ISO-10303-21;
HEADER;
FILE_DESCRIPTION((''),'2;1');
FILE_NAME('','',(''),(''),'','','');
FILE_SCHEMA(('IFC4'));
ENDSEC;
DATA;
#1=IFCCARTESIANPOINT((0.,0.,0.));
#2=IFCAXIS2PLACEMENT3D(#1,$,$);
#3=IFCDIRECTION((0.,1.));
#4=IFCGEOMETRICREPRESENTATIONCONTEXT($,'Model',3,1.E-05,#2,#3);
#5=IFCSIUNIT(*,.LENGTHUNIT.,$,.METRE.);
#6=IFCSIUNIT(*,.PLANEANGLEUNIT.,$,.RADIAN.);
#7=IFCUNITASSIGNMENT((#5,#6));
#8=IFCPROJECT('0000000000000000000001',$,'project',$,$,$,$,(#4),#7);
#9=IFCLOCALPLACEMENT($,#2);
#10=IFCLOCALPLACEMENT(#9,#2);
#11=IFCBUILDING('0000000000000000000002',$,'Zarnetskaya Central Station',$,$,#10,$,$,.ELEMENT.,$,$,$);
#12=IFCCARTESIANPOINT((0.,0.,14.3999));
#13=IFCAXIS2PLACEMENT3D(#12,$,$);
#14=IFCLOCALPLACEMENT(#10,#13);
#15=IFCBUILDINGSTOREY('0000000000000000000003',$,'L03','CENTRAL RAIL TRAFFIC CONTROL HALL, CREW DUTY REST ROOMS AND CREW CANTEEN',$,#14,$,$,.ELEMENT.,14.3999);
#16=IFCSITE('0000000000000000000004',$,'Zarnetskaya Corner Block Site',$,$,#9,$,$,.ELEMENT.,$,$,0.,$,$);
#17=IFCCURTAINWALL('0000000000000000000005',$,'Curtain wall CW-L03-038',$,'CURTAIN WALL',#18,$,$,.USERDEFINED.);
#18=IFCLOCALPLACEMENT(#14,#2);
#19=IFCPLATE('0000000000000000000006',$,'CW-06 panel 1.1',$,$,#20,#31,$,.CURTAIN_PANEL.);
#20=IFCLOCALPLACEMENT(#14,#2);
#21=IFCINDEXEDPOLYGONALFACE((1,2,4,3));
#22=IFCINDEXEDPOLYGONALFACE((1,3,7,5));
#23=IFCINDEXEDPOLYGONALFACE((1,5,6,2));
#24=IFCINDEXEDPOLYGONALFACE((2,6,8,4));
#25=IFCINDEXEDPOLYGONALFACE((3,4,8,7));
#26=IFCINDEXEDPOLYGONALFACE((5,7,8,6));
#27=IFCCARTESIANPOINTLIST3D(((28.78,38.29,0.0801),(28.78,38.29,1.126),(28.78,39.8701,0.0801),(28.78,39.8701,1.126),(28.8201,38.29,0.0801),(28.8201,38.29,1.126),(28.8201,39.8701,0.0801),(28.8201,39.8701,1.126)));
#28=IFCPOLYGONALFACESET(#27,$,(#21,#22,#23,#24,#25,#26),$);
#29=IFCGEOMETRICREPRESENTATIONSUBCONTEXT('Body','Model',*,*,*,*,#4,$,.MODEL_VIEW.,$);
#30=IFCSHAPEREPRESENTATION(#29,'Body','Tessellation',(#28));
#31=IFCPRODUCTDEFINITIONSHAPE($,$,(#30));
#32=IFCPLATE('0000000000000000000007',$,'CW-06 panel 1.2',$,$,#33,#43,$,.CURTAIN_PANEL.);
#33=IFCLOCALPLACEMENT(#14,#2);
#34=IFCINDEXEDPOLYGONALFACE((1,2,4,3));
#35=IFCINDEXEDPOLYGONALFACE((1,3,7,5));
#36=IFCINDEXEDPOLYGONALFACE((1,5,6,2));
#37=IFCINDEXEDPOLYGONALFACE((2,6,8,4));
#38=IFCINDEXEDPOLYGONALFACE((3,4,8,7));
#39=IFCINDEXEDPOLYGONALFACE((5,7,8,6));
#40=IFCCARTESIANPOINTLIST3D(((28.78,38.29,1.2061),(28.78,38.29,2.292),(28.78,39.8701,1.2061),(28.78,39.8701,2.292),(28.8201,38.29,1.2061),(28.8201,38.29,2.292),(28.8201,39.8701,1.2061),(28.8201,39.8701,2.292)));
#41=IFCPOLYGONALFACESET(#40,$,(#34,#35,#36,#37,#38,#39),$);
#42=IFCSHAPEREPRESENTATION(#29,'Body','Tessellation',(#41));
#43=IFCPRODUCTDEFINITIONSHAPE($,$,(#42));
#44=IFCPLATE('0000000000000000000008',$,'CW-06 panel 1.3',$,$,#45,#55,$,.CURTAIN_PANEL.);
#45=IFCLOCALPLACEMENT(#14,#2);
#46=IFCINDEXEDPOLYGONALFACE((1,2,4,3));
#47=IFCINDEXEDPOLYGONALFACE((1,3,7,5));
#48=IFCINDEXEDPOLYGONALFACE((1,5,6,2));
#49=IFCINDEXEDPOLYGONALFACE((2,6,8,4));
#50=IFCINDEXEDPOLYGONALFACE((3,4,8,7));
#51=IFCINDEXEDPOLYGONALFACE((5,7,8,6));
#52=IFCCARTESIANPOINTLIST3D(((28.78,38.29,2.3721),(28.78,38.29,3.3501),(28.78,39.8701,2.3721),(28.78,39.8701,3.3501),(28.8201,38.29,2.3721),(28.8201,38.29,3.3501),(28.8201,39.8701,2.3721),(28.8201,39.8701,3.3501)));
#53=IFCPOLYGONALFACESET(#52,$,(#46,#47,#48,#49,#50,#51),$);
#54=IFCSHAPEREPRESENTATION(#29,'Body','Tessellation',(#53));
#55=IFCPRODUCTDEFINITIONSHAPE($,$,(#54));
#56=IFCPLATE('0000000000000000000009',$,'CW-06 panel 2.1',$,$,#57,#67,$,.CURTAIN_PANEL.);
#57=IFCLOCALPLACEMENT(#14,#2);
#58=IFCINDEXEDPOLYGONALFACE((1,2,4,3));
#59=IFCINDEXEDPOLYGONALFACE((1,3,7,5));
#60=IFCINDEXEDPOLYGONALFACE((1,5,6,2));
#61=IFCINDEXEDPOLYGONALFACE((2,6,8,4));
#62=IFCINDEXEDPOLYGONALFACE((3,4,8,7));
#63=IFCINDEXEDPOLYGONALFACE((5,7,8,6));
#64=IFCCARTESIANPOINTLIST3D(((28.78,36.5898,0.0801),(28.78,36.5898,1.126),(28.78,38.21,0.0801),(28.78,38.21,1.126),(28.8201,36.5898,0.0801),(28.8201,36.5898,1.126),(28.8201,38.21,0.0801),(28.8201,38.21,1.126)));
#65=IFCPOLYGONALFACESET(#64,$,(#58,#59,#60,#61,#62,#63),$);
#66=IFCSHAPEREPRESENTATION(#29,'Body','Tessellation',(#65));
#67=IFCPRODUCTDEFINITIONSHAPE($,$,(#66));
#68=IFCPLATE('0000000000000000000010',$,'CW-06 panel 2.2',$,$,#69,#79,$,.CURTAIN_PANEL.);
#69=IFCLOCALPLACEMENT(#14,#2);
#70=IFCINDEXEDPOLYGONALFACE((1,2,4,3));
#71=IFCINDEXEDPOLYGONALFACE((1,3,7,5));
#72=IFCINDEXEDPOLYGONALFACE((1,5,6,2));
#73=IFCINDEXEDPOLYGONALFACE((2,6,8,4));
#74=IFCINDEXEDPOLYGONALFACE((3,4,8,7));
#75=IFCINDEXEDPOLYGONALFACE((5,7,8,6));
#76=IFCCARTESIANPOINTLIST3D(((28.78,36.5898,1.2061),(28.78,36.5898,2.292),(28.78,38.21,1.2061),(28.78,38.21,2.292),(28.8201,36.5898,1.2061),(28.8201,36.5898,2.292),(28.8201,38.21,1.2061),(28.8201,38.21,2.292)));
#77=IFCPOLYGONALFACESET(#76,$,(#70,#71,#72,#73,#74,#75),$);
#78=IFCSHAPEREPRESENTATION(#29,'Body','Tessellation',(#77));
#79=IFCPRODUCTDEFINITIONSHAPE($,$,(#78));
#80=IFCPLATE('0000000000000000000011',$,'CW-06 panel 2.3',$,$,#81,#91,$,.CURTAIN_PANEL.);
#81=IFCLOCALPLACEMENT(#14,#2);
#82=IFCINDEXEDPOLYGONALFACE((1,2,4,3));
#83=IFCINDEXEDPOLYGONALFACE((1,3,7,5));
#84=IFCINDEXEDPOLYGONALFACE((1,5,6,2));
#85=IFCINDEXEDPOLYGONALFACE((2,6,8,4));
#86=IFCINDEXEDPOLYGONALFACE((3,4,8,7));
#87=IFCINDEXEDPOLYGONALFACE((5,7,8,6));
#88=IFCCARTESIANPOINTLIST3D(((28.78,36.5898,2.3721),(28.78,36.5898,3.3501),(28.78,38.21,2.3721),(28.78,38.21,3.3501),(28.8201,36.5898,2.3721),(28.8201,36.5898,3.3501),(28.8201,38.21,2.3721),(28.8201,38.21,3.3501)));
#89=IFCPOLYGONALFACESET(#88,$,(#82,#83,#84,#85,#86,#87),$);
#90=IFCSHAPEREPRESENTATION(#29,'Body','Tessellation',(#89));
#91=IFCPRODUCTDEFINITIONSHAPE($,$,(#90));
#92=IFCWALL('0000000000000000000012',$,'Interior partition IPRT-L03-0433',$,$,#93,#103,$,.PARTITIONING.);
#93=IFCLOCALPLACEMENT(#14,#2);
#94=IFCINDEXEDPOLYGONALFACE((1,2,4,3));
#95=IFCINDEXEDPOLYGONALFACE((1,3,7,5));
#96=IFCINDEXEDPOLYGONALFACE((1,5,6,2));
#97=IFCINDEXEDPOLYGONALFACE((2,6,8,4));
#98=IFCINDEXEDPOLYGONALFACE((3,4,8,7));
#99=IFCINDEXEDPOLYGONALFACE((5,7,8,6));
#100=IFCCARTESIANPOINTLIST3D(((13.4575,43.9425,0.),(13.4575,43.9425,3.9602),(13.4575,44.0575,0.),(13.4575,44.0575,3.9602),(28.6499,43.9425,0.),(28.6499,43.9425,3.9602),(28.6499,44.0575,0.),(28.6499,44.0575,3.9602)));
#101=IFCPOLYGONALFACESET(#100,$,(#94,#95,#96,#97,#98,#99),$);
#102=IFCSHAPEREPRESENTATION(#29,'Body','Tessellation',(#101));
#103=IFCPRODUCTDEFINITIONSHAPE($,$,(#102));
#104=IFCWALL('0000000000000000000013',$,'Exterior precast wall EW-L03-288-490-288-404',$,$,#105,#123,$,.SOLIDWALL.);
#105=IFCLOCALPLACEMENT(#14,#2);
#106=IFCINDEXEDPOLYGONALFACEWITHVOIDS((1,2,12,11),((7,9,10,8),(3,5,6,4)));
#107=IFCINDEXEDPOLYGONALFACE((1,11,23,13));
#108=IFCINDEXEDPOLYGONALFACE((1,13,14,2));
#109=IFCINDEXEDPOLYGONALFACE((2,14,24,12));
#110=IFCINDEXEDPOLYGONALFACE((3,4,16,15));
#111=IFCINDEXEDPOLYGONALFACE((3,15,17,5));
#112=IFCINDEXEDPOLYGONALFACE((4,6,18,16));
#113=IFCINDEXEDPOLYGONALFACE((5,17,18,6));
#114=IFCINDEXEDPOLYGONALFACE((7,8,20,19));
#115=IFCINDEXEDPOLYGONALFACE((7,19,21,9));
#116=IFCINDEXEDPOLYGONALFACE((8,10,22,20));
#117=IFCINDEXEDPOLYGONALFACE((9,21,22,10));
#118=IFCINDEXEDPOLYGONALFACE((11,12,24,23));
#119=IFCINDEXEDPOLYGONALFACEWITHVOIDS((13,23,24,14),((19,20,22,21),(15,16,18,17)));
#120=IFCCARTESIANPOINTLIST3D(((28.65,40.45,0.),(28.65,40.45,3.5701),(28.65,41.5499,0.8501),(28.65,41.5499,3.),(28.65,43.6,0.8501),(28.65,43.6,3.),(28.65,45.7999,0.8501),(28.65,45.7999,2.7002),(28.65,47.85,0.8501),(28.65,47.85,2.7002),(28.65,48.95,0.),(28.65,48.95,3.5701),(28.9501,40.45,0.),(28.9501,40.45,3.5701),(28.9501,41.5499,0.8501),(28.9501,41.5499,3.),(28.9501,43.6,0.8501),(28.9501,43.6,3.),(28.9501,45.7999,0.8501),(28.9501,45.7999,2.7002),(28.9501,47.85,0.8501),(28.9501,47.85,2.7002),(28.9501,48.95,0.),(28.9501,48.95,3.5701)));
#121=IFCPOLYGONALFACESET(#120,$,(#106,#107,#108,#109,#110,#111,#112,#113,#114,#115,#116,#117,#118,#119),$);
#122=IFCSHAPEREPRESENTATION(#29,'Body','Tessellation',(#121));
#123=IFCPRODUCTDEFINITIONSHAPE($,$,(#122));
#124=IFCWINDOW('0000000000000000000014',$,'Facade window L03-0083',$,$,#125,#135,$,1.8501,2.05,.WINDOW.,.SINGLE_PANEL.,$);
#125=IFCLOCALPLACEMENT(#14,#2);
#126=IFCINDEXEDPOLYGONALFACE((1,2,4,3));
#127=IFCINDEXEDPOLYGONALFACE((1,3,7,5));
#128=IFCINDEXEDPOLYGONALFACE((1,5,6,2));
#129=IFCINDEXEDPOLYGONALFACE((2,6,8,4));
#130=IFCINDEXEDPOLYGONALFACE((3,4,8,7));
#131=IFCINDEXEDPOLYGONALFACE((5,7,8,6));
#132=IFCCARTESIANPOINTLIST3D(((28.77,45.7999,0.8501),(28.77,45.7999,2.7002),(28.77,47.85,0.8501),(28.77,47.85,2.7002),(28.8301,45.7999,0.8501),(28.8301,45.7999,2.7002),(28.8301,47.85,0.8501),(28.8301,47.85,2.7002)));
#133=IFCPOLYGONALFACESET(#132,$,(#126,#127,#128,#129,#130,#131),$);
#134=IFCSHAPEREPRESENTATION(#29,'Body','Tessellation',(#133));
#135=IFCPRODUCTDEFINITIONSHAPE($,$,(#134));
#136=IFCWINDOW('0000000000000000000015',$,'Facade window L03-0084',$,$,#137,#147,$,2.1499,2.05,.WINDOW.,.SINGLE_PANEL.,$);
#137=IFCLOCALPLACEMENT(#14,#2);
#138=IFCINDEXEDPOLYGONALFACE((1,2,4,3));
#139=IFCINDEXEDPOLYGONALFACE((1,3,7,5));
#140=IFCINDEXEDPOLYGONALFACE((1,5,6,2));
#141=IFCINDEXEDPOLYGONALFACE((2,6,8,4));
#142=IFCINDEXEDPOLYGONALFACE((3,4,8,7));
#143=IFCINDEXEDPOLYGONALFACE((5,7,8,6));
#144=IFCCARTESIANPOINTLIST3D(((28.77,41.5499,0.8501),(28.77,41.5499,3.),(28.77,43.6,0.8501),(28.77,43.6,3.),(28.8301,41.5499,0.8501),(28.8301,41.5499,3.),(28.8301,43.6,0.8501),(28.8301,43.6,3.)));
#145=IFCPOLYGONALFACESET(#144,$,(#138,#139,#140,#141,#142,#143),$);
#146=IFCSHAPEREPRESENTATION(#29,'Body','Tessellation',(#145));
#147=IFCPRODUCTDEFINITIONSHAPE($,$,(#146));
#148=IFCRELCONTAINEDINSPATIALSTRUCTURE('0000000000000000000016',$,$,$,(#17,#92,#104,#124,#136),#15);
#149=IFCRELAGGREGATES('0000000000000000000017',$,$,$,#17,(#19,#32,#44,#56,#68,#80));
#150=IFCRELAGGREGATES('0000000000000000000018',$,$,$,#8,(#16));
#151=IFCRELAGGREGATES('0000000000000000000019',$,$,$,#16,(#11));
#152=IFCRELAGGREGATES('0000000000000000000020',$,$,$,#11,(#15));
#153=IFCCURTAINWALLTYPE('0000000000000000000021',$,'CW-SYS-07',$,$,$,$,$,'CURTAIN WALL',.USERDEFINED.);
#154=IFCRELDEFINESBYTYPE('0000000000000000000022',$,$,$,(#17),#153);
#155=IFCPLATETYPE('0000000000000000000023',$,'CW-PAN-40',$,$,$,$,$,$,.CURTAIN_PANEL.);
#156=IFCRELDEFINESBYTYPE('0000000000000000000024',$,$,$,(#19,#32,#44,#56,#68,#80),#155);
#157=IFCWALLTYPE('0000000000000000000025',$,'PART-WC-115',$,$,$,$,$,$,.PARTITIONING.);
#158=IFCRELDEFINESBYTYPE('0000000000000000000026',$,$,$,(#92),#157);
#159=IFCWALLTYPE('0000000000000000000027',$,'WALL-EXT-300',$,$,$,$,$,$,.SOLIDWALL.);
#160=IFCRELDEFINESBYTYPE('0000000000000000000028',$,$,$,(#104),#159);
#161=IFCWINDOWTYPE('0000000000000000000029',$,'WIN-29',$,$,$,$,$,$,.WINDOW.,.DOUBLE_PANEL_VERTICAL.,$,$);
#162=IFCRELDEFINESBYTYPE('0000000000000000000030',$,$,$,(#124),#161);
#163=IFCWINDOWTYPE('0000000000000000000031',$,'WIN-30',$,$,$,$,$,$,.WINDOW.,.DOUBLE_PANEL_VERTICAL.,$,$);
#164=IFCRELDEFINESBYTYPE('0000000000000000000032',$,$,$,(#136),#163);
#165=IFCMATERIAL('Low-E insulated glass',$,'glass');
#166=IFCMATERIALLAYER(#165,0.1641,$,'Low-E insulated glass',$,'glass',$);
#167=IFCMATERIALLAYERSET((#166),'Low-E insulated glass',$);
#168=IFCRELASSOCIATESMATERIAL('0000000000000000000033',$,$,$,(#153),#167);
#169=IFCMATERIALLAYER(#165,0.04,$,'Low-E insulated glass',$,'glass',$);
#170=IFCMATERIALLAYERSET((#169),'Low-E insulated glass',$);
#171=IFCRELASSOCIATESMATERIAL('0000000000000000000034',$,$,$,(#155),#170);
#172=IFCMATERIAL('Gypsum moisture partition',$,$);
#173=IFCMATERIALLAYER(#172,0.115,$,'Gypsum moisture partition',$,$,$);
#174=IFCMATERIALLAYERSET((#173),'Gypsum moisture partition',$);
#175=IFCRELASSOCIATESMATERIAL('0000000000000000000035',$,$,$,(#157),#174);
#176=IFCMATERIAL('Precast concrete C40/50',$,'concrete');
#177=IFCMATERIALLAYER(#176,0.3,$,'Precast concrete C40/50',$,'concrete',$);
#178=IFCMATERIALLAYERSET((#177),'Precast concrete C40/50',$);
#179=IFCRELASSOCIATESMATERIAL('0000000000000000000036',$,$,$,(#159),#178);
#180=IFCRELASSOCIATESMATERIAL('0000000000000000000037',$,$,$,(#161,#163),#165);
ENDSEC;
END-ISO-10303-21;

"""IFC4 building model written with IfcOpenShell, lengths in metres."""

from ifc_helpers import new_model, si_unit, direction, frame, frame_2d, origin, origin_2d, place, context, subcontext, project, spatial, rectangle, extrude, material, layer, layer_set, type_object, element, fill, aggregate, save


model = new_model("IFC4")

# Units and contexts
model_context = context("Model", 3, precision=1e-05, world=origin(), true_north=direction((0.0, 1.0)))
body_context = subcontext(model_context, "Body", "Model", "MODEL_VIEW")
ifc_project = project(units=[si_unit("LENGTHUNIT", "METRE"), si_unit("PLANEANGLEUNIT", "RADIAN")], contexts=[model_context])

# Site, building, storey
site_placement = place(None, origin())
site = spatial("IfcSite", under=ifc_project, at=site_placement, Name="Zarnetskaya Corner Block Site", CompositionType="ELEMENT", RefElevation=0.0)
building_placement = place(site_placement, origin())
building = spatial("IfcBuilding", under=site, at=building_placement, Name="Zarnetskaya Central Station", CompositionType="ELEMENT")
storey_placement = place(building_placement, frame((0.0, 0.0, 14.3999)))
storey = spatial("IfcBuildingStorey", under=building, at=storey_placement, Name="L03", Description="CENTRAL RAIL TRAFFIC CONTROL HALL, CREW DUTY REST ROOMS AND CREW CANTEEN", CompositionType="ELEMENT", Elevation=14.3999)

# Shared definitions
ifc_material_1 = material(Name="Low-E insulated glass", Category="glass")

# Curtain wall
ifc_layer_1 = layer(ifc_material_1, 0.1641, Name="Low-E insulated glass", Category="glass")
ifc_layer_set_1 = layer_set([ifc_layer_1], Name="Low-E insulated glass")
curtain_wall_type_1 = type_object("IfcCurtainWallType", Name="CW-SYS-07", ElementType="CURTAIN WALL", PredefinedType="USERDEFINED", material=ifc_layer_set_1)
curtain_wall_1_placement = place(storey_placement, origin())
curtain_wall_1 = element("IfcCurtainWall", 1, at=curtain_wall_1_placement, inside=storey, type_object=curtain_wall_type_1, Name="Curtain wall CW-L03-038", ObjectType="CURTAIN WALL", PredefinedType="USERDEFINED")

# Plates
ifc_layer_2 = layer(ifc_material_1, 0.04, Name="Low-E insulated glass", Category="glass")
ifc_layer_set_2 = layer_set([ifc_layer_2], Name="Low-E insulated glass")
plate_type = type_object("IfcPlateType", Name="CW-PAN-40", PredefinedType="CURTAIN_PANEL", material=ifc_layer_set_2)
plate_1_placement = place(storey_placement, frame((28.8, 39.0801, 0.0801), z_axis=(0.0, 0.0, 1.0), x_axis=(0.0, -1.0, 0.0)))
plate_1 = element("IfcPlate", 2, at=plate_1_placement, type_object=plate_type, Name="CW-06 panel 1.1", PredefinedType="CURTAIN_PANEL", context=body_context, shape_type="SweptSolid", body=[
    extrude(rectangle(XDim=1.5801, YDim=0.04, at=origin_2d()), origin(), (0.0, 0.0, 1.0), 1.0459),
])
plate_2_placement = place(storey_placement, frame((28.8, 39.0801, 1.2061), z_axis=(0.0, 0.0, 1.0), x_axis=(0.0, -1.0, 0.0)))
plate_2 = element("IfcPlate", 3, at=plate_2_placement, type_object=plate_type, Name="CW-06 panel 1.2", PredefinedType="CURTAIN_PANEL", context=body_context, shape_type="SweptSolid", body=[
    extrude(rectangle(XDim=1.5801, YDim=0.04, at=origin_2d()), origin(), (0.0, 0.0, 1.0), 1.0859),
])
plate_3_placement = place(storey_placement, frame((28.8, 39.0801, 2.3721), z_axis=(0.0, 0.0, 1.0), x_axis=(0.0, -1.0, 0.0)))
plate_3 = element("IfcPlate", 4, at=plate_3_placement, type_object=plate_type, Name="CW-06 panel 1.3", PredefinedType="CURTAIN_PANEL", context=body_context, shape_type="SweptSolid", body=[
    extrude(rectangle(XDim=1.5801, YDim=0.04, at=origin_2d()), origin(), (0.0, 0.0, 1.0), 0.978),
])
plate_4_placement = place(storey_placement, frame((28.8, 37.3999, 0.0801), z_axis=(0.0, 0.0, 1.0), x_axis=(0.0, -1.0, 0.0)))
plate_4 = element("IfcPlate", 5, at=plate_4_placement, type_object=plate_type, Name="CW-06 panel 2.1", PredefinedType="CURTAIN_PANEL", context=body_context, shape_type="SweptSolid", body=[
    extrude(rectangle(XDim=1.6201, YDim=0.04, at=origin_2d()), origin(), (0.0, 0.0, 1.0), 1.0459),
])
plate_5_placement = place(storey_placement, frame((28.8, 37.3999, 1.2061), z_axis=(0.0, 0.0, 1.0), x_axis=(0.0, -1.0, 0.0)))
plate_5 = element("IfcPlate", 6, at=plate_5_placement, type_object=plate_type, Name="CW-06 panel 2.2", PredefinedType="CURTAIN_PANEL", context=body_context, shape_type="SweptSolid", body=[
    extrude(rectangle(XDim=1.6201, YDim=0.04, at=origin_2d()), origin(), (0.0, 0.0, 1.0), 1.0859),
])
plate_6_placement = place(storey_placement, frame((28.8, 37.3999, 2.3721), z_axis=(0.0, 0.0, 1.0), x_axis=(0.0, -1.0, 0.0)))
plate_6 = element("IfcPlate", 7, at=plate_6_placement, type_object=plate_type, Name="CW-06 panel 2.3", PredefinedType="CURTAIN_PANEL", context=body_context, shape_type="SweptSolid", body=[
    extrude(rectangle(XDim=1.6201, YDim=0.04, at=origin_2d()), origin(), (0.0, 0.0, 1.0), 0.978),
])
aggregate(curtain_wall_1, [plate_1, plate_2, plate_3, plate_4, plate_5, plate_6])

# Wall
ifc_material_2 = material(Name="Gypsum moisture partition")
ifc_layer_3 = layer(ifc_material_2, 0.115, Name="Gypsum moisture partition")
ifc_layer_set_3 = layer_set([ifc_layer_3], Name="Gypsum moisture partition")
wall_type_1 = type_object("IfcWallType", Name="PART-WC-115", PredefinedType="PARTITIONING", material=ifc_layer_set_3)
wall_1_placement = place(storey_placement, frame((28.6499, 44.0, 0.0), z_axis=(0.0, 0.0, 1.0), x_axis=(-1.0, 0.0, 0.0)))
element("IfcWall", 8, at=wall_1_placement, inside=storey, type_object=wall_type_1, Name="Interior partition IPRT-L03-0433", PredefinedType="PARTITIONING", context=body_context, shape_type="SweptSolid", body=[
    extrude(rectangle(XDim=15.1924, YDim=0.115, at=frame_2d((7.5962, 0.0))), origin(), (0.0, 0.0, 1.0), 3.9602),
])

# Wall, openings, windows
ifc_material_3 = material(Name="Precast concrete C40/50", Category="concrete")
ifc_layer_4 = layer(ifc_material_3, 0.3, Name="Precast concrete C40/50", Category="concrete")
ifc_layer_set_4 = layer_set([ifc_layer_4], Name="Precast concrete C40/50")
wall_type_2 = type_object("IfcWallType", Name="WALL-EXT-300", PredefinedType="SOLIDWALL", material=ifc_layer_set_4)
wall_2_placement = place(storey_placement, frame((28.8, 48.95, 0.0), z_axis=(0.0, 0.0, 1.0), x_axis=(0.0, -1.0, 0.0)))
wall_2 = element("IfcWall", 9, at=wall_2_placement, inside=storey, type_object=wall_type_2, Name="Exterior precast wall EW-L03-288-490-288-404", PredefinedType="SOLIDWALL", context=body_context, shape_type="SweptSolid", body=[
    extrude(rectangle(XDim=8.5, YDim=0.3, at=frame_2d((4.25, 0.0))), origin(), (0.0, 0.0, 1.0), 3.5701),
])
opening_1_placement = place(wall_2_placement, frame((1.1001, 0.0, 0.8501)))
opening_1 = element("IfcOpeningElement", 10, at=opening_1_placement, cuts=wall_2, PredefinedType="OPENING", context=body_context, shape_type="SweptSolid", body=[
    extrude(rectangle(XDim=2.05, YDim=1.8501, at=frame_2d((1.0249, 0.925))), frame((0.0, 0.1602, 0.0), z_axis=(0.0, -1.0, 0.0), x_axis=(1.0, 0.0, 0.0)), (0.0, 0.0, 1.0), 0.3201),
])
opening_2_placement = place(wall_2_placement, frame((5.3501, 0.0, 0.8501)))
opening_2 = element("IfcOpeningElement", 11, at=opening_2_placement, cuts=wall_2, PredefinedType="OPENING", context=body_context, shape_type="SweptSolid", body=[
    extrude(rectangle(XDim=2.05, YDim=2.1499, at=frame_2d((1.0249, 1.075))), frame((0.0, 0.1602, 0.0), z_axis=(0.0, -1.0, 0.0), x_axis=(1.0, 0.0, 0.0)), (0.0, 0.0, 1.0), 0.3201),
])
window_type_1 = type_object("IfcWindowType", Name="WIN-29", PartitioningType="DOUBLE_PANEL_VERTICAL", PredefinedType="WINDOW", material=ifc_material_1)
window_1_placement = place(opening_1_placement, origin())
window_1 = element("IfcWindow", 12, at=window_1_placement, inside=storey, type_object=window_type_1, Name="Facade window L03-0083", OverallHeight=1.8501, OverallWidth=2.05, PartitioningType="SINGLE_PANEL", PredefinedType="WINDOW", context=body_context, shape_type="SweptSolid", body=[
    extrude(rectangle(XDim=2.05, YDim=1.8501, at=frame_2d((1.0249, 0.925))), frame((0.0, 0.03, 0.0), z_axis=(0.0, -1.0, 0.0), x_axis=(1.0, 0.0, 0.0)), (0.0, 0.0, 1.0), 0.0601),
])
fill(opening_1, window_1)
window_type_2 = type_object("IfcWindowType", Name="WIN-30", PartitioningType="DOUBLE_PANEL_VERTICAL", PredefinedType="WINDOW", material=ifc_material_1)
window_2_placement = place(opening_2_placement, origin())
window_2 = element("IfcWindow", 13, at=window_2_placement, inside=storey, type_object=window_type_2, Name="Facade window L03-0084", OverallHeight=2.1499, OverallWidth=2.05, PartitioningType="SINGLE_PANEL", PredefinedType="WINDOW", context=body_context, shape_type="SweptSolid", body=[
    extrude(rectangle(XDim=2.05, YDim=2.1499, at=frame_2d((1.0249, 1.075))), frame((0.0, 0.03, 0.0), z_axis=(0.0, -1.0, 0.0), x_axis=(1.0, 0.0, 0.0)), (0.0, 0.0, 1.0), 0.0601),
])
fill(opening_2, window_2)

save(model, "model.ifc")
